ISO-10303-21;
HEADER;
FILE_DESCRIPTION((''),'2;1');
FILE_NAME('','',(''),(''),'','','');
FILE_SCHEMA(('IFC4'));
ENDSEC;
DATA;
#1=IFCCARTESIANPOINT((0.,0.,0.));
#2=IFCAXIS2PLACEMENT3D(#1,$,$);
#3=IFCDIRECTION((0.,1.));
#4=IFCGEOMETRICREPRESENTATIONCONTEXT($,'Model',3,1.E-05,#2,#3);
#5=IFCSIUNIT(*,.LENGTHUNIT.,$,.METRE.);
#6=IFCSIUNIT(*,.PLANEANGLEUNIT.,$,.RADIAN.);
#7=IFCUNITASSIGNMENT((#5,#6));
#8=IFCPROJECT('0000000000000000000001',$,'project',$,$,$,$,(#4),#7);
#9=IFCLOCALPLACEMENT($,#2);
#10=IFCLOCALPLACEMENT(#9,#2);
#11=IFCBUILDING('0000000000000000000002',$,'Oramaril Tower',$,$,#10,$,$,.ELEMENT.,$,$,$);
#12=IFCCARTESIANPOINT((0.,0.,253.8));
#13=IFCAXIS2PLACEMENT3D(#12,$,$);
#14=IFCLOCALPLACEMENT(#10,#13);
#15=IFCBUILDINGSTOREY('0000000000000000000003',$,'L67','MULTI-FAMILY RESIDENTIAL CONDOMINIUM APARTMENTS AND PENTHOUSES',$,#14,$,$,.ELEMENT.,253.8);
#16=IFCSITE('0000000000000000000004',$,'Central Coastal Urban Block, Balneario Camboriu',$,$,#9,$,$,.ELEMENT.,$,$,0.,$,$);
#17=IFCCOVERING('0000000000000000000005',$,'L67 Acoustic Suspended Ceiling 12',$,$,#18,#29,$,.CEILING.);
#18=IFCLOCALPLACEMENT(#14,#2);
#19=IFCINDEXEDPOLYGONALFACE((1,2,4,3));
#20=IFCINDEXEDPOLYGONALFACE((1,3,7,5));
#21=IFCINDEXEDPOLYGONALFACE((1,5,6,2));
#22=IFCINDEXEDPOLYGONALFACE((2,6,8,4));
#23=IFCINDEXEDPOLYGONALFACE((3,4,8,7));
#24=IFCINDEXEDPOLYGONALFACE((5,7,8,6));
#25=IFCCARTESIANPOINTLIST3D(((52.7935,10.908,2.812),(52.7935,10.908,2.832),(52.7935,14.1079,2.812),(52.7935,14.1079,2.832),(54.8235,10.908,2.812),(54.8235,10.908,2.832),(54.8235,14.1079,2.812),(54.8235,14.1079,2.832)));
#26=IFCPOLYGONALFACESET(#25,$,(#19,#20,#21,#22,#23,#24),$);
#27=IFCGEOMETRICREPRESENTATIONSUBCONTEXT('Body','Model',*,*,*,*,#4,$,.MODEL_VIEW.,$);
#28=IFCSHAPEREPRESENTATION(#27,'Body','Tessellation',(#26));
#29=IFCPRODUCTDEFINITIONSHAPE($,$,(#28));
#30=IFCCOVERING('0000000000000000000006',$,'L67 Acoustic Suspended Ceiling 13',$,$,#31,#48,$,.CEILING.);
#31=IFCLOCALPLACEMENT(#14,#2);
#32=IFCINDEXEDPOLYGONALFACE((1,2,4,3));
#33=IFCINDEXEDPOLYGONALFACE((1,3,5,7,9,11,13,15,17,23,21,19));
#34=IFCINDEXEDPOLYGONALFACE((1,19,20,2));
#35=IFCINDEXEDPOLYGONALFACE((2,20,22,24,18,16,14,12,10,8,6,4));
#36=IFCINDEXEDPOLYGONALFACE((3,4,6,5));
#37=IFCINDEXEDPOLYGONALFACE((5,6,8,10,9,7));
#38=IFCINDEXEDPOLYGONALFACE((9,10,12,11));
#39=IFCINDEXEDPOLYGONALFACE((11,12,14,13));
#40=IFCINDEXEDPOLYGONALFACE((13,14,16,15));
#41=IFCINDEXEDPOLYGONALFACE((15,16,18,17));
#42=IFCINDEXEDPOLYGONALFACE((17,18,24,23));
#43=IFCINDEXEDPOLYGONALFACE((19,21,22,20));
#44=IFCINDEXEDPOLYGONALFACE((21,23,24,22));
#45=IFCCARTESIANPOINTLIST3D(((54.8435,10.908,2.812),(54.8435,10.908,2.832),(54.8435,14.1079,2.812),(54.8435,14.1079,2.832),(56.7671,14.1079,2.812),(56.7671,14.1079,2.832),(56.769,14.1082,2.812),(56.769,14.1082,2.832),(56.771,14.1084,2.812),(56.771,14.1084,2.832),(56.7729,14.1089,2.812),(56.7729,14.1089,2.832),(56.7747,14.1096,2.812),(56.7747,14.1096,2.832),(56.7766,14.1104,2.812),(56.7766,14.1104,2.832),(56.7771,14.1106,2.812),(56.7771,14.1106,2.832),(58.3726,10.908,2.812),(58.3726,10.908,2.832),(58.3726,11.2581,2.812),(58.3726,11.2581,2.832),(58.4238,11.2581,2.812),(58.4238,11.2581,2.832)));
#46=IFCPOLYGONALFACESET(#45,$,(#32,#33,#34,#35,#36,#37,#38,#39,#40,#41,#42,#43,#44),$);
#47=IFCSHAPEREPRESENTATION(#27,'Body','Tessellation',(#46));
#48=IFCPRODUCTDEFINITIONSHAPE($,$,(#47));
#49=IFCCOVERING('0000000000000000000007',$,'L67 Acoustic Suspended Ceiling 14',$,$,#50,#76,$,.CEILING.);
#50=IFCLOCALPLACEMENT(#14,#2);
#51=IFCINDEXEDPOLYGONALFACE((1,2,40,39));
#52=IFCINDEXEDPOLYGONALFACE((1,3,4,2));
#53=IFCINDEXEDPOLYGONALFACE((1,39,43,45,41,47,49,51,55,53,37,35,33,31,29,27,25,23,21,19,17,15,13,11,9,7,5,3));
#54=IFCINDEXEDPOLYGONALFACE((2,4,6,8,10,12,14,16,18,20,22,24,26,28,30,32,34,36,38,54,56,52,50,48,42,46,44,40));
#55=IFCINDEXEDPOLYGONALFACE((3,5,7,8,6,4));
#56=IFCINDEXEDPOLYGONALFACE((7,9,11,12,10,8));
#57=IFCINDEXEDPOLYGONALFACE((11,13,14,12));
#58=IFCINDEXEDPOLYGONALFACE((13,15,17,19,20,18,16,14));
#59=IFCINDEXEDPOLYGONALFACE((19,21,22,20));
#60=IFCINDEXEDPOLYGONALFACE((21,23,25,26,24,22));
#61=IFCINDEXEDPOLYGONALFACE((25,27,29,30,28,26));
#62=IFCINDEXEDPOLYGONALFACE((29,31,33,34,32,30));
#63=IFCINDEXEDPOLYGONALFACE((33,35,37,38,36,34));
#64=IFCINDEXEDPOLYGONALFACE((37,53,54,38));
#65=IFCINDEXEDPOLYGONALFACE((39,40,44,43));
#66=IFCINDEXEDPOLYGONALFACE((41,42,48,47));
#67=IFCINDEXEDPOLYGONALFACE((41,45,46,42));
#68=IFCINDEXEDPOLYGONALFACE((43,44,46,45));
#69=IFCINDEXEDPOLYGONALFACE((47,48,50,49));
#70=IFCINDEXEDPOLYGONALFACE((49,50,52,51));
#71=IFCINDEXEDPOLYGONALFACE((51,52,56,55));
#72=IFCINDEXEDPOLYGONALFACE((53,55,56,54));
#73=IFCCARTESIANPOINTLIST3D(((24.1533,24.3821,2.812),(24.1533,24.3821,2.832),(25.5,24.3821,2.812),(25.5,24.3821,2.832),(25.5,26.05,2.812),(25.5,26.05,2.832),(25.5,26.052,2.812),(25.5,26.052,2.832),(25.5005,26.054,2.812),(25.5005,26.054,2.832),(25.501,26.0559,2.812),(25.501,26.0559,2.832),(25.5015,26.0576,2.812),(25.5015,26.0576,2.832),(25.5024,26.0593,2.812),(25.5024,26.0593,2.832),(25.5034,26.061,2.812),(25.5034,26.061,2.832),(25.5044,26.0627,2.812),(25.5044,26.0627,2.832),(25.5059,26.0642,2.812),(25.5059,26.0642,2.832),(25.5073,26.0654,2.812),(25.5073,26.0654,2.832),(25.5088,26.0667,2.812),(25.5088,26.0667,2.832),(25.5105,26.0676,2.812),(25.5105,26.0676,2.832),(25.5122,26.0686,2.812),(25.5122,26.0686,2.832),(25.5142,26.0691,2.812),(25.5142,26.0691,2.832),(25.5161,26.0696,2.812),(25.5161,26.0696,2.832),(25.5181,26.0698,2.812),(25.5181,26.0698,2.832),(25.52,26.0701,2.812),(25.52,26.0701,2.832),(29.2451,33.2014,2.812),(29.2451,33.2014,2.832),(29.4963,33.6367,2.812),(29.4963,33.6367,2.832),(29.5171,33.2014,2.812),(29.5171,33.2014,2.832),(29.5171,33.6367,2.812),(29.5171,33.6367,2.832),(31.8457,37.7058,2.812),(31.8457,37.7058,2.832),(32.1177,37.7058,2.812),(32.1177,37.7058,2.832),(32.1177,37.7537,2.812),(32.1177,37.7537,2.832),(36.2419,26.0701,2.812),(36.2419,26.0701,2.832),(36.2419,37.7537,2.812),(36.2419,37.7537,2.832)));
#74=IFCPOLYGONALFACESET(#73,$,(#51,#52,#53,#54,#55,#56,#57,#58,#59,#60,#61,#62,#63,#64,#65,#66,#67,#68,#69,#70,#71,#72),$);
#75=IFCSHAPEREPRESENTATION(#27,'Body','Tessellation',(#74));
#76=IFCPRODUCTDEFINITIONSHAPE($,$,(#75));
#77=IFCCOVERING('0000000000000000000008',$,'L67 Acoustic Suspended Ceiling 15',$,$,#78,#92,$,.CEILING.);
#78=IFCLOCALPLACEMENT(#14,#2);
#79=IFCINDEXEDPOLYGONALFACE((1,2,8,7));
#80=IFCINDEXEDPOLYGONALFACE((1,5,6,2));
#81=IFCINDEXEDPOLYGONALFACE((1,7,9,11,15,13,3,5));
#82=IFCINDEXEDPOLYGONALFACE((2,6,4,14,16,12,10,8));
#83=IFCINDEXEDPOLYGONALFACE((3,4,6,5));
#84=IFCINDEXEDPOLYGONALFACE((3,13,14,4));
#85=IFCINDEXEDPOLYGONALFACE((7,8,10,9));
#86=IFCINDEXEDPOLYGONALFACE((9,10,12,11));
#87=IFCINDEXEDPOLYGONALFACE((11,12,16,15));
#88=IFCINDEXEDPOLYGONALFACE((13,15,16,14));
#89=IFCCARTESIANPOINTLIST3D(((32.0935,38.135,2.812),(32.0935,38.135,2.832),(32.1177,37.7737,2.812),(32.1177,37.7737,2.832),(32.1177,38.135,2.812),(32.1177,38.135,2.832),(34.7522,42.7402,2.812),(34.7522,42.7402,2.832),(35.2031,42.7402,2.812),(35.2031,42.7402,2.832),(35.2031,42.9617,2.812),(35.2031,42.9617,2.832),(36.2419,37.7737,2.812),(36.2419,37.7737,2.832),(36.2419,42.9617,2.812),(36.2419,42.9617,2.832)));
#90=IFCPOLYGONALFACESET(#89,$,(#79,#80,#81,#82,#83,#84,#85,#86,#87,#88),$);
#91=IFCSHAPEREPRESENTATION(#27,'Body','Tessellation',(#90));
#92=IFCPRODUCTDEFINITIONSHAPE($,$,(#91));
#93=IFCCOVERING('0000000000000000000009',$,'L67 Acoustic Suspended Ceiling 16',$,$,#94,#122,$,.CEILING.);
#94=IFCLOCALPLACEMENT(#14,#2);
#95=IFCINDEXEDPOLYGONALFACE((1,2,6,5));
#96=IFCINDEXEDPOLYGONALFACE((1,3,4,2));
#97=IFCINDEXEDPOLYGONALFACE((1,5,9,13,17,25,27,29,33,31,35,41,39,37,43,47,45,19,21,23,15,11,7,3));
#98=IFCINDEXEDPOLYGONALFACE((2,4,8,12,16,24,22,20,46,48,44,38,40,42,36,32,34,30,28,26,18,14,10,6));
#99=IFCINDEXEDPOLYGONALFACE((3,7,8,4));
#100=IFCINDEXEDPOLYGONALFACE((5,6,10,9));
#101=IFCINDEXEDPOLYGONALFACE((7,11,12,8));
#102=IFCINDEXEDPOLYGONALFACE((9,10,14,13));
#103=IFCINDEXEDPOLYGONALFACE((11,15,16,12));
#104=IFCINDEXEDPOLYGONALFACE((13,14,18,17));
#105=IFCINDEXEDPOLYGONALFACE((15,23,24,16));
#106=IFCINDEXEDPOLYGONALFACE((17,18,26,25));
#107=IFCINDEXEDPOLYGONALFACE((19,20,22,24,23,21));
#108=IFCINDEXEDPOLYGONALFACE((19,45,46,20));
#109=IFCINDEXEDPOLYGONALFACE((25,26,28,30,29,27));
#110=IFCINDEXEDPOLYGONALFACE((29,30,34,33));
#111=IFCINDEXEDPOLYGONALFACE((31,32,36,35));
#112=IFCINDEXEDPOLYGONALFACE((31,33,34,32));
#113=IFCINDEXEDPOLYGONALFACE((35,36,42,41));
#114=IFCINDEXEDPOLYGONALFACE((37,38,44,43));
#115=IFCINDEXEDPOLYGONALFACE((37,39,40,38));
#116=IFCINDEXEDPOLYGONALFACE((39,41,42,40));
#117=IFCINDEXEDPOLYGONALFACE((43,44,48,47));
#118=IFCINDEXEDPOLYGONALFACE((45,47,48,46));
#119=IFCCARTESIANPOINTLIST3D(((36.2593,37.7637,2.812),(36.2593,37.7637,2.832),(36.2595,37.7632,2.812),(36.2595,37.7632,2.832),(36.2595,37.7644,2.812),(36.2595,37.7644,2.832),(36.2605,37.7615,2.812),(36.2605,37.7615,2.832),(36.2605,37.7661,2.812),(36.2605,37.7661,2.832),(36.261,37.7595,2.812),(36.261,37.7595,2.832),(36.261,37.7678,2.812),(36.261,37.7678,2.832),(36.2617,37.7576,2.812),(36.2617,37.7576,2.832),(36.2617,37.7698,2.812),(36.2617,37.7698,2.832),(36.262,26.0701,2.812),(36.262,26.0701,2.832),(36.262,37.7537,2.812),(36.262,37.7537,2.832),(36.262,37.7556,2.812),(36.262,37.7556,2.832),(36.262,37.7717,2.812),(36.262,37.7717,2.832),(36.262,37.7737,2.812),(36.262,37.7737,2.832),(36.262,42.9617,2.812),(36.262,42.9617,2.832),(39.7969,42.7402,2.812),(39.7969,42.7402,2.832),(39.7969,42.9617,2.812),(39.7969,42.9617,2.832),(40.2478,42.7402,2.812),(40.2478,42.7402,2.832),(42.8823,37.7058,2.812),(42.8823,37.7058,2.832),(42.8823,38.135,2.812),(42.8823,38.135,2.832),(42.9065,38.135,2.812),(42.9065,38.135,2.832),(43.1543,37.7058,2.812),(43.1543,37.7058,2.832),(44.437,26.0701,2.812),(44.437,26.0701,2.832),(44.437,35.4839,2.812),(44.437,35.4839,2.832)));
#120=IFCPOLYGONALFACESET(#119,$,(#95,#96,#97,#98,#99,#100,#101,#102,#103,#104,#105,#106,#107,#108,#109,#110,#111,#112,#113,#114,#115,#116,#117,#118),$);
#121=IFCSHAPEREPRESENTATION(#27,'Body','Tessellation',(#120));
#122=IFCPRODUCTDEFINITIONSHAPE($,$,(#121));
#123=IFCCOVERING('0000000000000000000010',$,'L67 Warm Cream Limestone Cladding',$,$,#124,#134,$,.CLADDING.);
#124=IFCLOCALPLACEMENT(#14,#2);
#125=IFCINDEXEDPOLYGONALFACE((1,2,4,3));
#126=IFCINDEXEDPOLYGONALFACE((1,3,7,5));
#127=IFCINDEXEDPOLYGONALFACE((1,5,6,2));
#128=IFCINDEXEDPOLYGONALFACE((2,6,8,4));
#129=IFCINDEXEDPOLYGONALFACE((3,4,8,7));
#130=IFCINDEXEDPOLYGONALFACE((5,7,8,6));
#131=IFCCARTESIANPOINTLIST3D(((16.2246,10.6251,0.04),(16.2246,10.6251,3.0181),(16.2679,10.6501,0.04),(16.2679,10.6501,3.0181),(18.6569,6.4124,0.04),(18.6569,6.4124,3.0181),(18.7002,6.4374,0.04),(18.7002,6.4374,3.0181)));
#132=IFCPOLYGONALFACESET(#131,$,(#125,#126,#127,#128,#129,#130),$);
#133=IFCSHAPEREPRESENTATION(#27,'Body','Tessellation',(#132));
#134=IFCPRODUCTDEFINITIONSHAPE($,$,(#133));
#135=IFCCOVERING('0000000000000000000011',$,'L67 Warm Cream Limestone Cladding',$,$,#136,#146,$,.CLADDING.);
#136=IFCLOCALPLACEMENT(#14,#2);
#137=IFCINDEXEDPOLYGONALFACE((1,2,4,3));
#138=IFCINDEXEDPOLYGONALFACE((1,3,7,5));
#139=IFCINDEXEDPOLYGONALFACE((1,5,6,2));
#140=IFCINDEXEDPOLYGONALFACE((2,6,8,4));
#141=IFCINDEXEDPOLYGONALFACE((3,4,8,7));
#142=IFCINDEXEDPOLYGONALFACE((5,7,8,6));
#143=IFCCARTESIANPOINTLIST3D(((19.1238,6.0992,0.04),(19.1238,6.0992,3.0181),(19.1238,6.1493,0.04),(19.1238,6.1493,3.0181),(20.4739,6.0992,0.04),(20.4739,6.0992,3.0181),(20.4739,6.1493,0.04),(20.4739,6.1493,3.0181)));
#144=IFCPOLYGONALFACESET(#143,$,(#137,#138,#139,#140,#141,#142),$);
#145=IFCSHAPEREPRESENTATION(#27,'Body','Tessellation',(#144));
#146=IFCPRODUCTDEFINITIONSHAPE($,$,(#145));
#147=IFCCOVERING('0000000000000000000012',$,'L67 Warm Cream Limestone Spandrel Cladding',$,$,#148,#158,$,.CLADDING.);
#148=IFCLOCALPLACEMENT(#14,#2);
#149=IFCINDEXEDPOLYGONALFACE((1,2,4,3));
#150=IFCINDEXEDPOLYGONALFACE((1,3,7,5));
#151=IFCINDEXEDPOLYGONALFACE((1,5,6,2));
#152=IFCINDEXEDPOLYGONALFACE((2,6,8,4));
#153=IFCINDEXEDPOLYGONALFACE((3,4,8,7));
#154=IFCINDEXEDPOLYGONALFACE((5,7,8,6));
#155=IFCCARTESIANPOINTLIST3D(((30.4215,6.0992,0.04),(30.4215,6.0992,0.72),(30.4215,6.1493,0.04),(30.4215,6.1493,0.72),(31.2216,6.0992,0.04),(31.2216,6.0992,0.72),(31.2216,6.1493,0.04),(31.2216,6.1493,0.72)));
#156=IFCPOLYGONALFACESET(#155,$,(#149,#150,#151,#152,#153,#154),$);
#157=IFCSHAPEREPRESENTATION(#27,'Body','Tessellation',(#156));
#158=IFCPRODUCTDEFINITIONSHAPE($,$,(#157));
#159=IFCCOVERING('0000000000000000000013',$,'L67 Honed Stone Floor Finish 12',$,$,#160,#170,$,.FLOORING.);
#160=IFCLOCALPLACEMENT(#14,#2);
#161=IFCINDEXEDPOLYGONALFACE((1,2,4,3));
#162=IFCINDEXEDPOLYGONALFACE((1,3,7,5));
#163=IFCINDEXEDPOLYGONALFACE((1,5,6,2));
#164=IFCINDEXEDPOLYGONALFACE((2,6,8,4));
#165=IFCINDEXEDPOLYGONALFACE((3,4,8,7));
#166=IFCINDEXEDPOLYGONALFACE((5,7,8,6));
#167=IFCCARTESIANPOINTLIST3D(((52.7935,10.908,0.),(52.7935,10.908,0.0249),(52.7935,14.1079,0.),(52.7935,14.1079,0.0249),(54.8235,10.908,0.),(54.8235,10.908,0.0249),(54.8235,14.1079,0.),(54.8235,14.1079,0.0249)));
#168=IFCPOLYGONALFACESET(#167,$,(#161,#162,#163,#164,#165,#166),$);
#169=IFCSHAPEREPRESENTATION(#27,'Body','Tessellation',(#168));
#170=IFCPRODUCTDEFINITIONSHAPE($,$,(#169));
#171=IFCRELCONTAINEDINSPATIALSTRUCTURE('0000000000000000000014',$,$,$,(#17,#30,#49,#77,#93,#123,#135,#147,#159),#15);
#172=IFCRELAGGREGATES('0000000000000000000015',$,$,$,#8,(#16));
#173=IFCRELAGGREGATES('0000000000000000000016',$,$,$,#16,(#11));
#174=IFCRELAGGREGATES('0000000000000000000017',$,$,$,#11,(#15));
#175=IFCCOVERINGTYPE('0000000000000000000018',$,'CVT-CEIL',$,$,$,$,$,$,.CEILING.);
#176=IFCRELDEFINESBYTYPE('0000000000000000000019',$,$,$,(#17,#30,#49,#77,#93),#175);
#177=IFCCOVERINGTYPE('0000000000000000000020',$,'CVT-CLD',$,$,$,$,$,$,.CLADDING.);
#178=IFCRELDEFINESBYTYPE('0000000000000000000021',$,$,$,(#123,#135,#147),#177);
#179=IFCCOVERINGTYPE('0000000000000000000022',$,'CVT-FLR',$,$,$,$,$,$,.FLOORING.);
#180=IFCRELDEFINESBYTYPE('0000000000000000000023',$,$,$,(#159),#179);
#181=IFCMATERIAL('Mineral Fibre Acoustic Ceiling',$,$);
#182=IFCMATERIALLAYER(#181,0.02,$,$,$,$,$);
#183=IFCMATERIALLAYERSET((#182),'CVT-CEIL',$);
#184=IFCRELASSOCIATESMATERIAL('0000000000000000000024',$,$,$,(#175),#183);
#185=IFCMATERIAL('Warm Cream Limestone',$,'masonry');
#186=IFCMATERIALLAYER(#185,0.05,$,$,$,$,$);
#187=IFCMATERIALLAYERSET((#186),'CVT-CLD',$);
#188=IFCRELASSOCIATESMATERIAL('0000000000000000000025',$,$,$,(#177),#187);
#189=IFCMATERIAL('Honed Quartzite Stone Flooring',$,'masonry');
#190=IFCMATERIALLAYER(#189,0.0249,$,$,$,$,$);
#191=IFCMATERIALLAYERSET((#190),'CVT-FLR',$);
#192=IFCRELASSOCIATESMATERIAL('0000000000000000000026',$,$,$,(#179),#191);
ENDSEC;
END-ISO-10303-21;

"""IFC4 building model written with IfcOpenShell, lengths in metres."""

from ifc_helpers import new_model, si_unit, direction, frame, origin, origin_2d, place, context, subcontext, project, spatial, polyline, rectangle, outline, extrude, material, layer, layer_set, type_object, element, save


model = new_model("IFC4")

# Units and contexts
model_context = context("Model", 3, precision=1e-05, world=origin(), true_north=direction((0.0, 1.0)))
body_context = subcontext(model_context, "Body", "Model", "MODEL_VIEW")
ifc_project = project(units=[si_unit("LENGTHUNIT", "METRE"), si_unit("PLANEANGLEUNIT", "RADIAN")], contexts=[model_context])

# Site, building, storey
site_placement = place(None, origin())
site = spatial("IfcSite", under=ifc_project, at=site_placement, Name="Central Coastal Urban Block, Balneario Camboriu", CompositionType="ELEMENT", RefElevation=0.0)
building_placement = place(site_placement, origin())
building = spatial("IfcBuilding", under=site, at=building_placement, Name="Oramaril Tower", CompositionType="ELEMENT")
storey_placement = place(building_placement, frame((0.0, 0.0, 253.8)))
storey = spatial("IfcBuildingStorey", under=building, at=storey_placement, Name="L67", Description="MULTI-FAMILY RESIDENTIAL CONDOMINIUM APARTMENTS AND PENTHOUSES", CompositionType="ELEMENT", Elevation=253.8)

# Coverings
ifc_material_1 = material(Name="Mineral Fibre Acoustic Ceiling")
ifc_layer_1 = layer(ifc_material_1, 0.02)
ifc_layer_set_1 = layer_set([ifc_layer_1], Name="CVT-CEIL")
covering_type_1 = type_object("IfcCoveringType", Name="CVT-CEIL", PredefinedType="CEILING", material=ifc_layer_set_1)
covering_1_placement = place(storey_placement, frame((0.0, 0.0, 2.812)))
element("IfcCovering", 1, at=covering_1_placement, inside=storey, type_object=covering_type_1, Name="L67 Acoustic Suspended Ceiling 12", PredefinedType="CEILING", context=body_context, shape_type="SweptSolid", body=[
    extrude(outline(polyline([(52.7935, 10.908), (52.7935, 14.1079), (54.8235, 14.1079), (54.8235, 10.908), (52.7935, 10.908)])), origin(), (0.0, 0.0, 1.0), 0.02),
])
covering_2_placement = place(storey_placement, frame((0.0, 0.0, 2.812)))
element("IfcCovering", 2, at=covering_2_placement, inside=storey, type_object=covering_type_1, Name="L67 Acoustic Suspended Ceiling 13", PredefinedType="CEILING", context=body_context, shape_type="SweptSolid", body=[
    extrude(outline(polyline([(58.3726, 11.2581), (58.3726, 10.908), (54.8435, 10.908), (54.8435, 14.1079), (56.7671, 14.1079), (56.769, 14.1082), (56.771, 14.1084), (56.7729, 14.1089), (56.7747, 14.1096), (56.7766, 14.1104), (56.7771, 14.1106), (58.4238, 11.2581), (58.3726, 11.2581)])), origin(), (0.0, 0.0, 1.0), 0.02),
])
covering_3_placement = place(storey_placement, frame((0.0, 0.0, 2.812)))
element("IfcCovering", 3, at=covering_3_placement, inside=storey, type_object=covering_type_1, Name="L67 Acoustic Suspended Ceiling 14", PredefinedType="CEILING", context=body_context, shape_type="SweptSolid", body=[
    extrude(outline(polyline([(29.2451, 33.2014), (29.5171, 33.2014), (29.5171, 33.6367), (29.4963, 33.6367), (31.8457, 37.7058), (32.1177, 37.7058), (32.1177, 37.7537), (36.2419, 37.7537), (36.2419, 26.0701), (25.52, 26.0701), (25.5181, 26.0698), (25.5161, 26.0696), (25.5142, 26.0691), (25.5122, 26.0686), (25.5105, 26.0676), (25.5088, 26.0667), (25.5073, 26.0654), (25.5059, 26.0642), (25.5044, 26.0627), (25.5034, 26.061), (25.5024, 26.0593), (25.5015, 26.0576), (25.501, 26.0559), (25.5005, 26.054), (25.5, 26.052), (25.5, 26.05), (25.5, 24.3821), (24.1533, 24.3821), (29.2451, 33.2014)])), origin(), (0.0, 0.0, 1.0), 0.02),
])
covering_4_placement = place(storey_placement, frame((0.0, 0.0, 2.812)))
element("IfcCovering", 4, at=covering_4_placement, inside=storey, type_object=covering_type_1, Name="L67 Acoustic Suspended Ceiling 15", PredefinedType="CEILING", context=body_context, shape_type="SweptSolid", body=[
    extrude(outline(polyline([(32.1177, 38.135), (32.0935, 38.135), (34.7522, 42.7402), (35.2031, 42.7402), (35.2031, 42.9617), (36.2419, 42.9617), (36.2419, 37.7737), (32.1177, 37.7737), (32.1177, 38.135)])), origin(), (0.0, 0.0, 1.0), 0.02),
])
covering_5_placement = place(storey_placement, frame((0.0, 0.0, 2.812)))
element("IfcCovering", 5, at=covering_5_placement, inside=storey, type_object=covering_type_1, Name="L67 Acoustic Suspended Ceiling 16", PredefinedType="CEILING", context=body_context, shape_type="SweptSolid", body=[
    extrude(outline(polyline([(39.7969, 42.9617), (39.7969, 42.7402), (40.2478, 42.7402), (42.9065, 38.135), (42.8823, 38.135), (42.8823, 37.7058), (43.1543, 37.7058), (44.437, 35.4839), (44.437, 26.0701), (36.262, 26.0701), (36.262, 37.7537), (36.262, 37.7556), (36.2617, 37.7576), (36.261, 37.7595), (36.2605, 37.7615), (36.2595, 37.7632), (36.2593, 37.7637), (36.2595, 37.7644), (36.2605, 37.7661), (36.261, 37.7678), (36.2617, 37.7698), (36.262, 37.7717), (36.262, 37.7737), (36.262, 42.9617), (39.7969, 42.9617)])), origin(), (0.0, 0.0, 1.0), 0.02),
])
ifc_material_2 = material(Name="Warm Cream Limestone", Category="masonry")
ifc_layer_2 = layer(ifc_material_2, 0.05)
ifc_layer_set_2 = layer_set([ifc_layer_2], Name="CVT-CLD")
covering_type_2 = type_object("IfcCoveringType", Name="CVT-CLD", PredefinedType="CLADDING", material=ifc_layer_set_2)
covering_6_placement = place(storey_placement, frame((17.4624, 8.5312, 0.04), z_axis=(0.0, 0.0, 1.0), x_axis=(0.500006, -0.866022, 0.0)))
element("IfcCovering", 6, at=covering_6_placement, inside=storey, type_object=covering_type_2, Name="L67 Warm Cream Limestone Cladding", PredefinedType="CLADDING", context=body_context, shape_type="SweptSolid", body=[
    extrude(rectangle(XDim=4.8645, YDim=0.05, at=origin_2d()), origin(), (0.0, 0.0, 1.0), 2.978),
])
covering_7_placement = place(storey_placement, frame((19.7988, 6.1243, 0.04), z_axis=(0.0, 0.0, 1.0), x_axis=(1.0, 0.0, 0.0)))
element("IfcCovering", 7, at=covering_7_placement, inside=storey, type_object=covering_type_2, Name="L67 Warm Cream Limestone Cladding", PredefinedType="CLADDING", context=body_context, shape_type="SweptSolid", body=[
    extrude(rectangle(XDim=1.3501, YDim=0.05, at=origin_2d()), origin(), (0.0, 0.0, 1.0), 2.978),
])
covering_8_placement = place(storey_placement, frame((30.8215, 6.1243, 0.04), z_axis=(0.0, 0.0, 1.0), x_axis=(1.0, 0.0, 0.0)))
element("IfcCovering", 8, at=covering_8_placement, inside=storey, type_object=covering_type_2, Name="L67 Warm Cream Limestone Spandrel Cladding", PredefinedType="CLADDING", context=body_context, shape_type="SweptSolid", body=[
    extrude(rectangle(XDim=0.8, YDim=0.05, at=origin_2d()), origin(), (0.0, 0.0, 1.0), 0.6799),
])
ifc_material_3 = material(Name="Honed Quartzite Stone Flooring", Category="masonry")
ifc_layer_3 = layer(ifc_material_3, 0.0249)
ifc_layer_set_3 = layer_set([ifc_layer_3], Name="CVT-FLR")
covering_type_3 = type_object("IfcCoveringType", Name="CVT-FLR", PredefinedType="FLOORING", material=ifc_layer_set_3)
covering_9_placement = place(storey_placement, origin())
element("IfcCovering", 9, at=covering_9_placement, inside=storey, type_object=covering_type_3, Name="L67 Honed Stone Floor Finish 12", PredefinedType="FLOORING", context=body_context, shape_type="SweptSolid", body=[
    extrude(outline(polyline([(52.7935, 10.908), (52.7935, 14.1079), (54.8235, 14.1079), (54.8235, 10.908), (52.7935, 10.908)])), origin(), (0.0, 0.0, 1.0), 0.0249),
])

save(model, "model.ifc")
